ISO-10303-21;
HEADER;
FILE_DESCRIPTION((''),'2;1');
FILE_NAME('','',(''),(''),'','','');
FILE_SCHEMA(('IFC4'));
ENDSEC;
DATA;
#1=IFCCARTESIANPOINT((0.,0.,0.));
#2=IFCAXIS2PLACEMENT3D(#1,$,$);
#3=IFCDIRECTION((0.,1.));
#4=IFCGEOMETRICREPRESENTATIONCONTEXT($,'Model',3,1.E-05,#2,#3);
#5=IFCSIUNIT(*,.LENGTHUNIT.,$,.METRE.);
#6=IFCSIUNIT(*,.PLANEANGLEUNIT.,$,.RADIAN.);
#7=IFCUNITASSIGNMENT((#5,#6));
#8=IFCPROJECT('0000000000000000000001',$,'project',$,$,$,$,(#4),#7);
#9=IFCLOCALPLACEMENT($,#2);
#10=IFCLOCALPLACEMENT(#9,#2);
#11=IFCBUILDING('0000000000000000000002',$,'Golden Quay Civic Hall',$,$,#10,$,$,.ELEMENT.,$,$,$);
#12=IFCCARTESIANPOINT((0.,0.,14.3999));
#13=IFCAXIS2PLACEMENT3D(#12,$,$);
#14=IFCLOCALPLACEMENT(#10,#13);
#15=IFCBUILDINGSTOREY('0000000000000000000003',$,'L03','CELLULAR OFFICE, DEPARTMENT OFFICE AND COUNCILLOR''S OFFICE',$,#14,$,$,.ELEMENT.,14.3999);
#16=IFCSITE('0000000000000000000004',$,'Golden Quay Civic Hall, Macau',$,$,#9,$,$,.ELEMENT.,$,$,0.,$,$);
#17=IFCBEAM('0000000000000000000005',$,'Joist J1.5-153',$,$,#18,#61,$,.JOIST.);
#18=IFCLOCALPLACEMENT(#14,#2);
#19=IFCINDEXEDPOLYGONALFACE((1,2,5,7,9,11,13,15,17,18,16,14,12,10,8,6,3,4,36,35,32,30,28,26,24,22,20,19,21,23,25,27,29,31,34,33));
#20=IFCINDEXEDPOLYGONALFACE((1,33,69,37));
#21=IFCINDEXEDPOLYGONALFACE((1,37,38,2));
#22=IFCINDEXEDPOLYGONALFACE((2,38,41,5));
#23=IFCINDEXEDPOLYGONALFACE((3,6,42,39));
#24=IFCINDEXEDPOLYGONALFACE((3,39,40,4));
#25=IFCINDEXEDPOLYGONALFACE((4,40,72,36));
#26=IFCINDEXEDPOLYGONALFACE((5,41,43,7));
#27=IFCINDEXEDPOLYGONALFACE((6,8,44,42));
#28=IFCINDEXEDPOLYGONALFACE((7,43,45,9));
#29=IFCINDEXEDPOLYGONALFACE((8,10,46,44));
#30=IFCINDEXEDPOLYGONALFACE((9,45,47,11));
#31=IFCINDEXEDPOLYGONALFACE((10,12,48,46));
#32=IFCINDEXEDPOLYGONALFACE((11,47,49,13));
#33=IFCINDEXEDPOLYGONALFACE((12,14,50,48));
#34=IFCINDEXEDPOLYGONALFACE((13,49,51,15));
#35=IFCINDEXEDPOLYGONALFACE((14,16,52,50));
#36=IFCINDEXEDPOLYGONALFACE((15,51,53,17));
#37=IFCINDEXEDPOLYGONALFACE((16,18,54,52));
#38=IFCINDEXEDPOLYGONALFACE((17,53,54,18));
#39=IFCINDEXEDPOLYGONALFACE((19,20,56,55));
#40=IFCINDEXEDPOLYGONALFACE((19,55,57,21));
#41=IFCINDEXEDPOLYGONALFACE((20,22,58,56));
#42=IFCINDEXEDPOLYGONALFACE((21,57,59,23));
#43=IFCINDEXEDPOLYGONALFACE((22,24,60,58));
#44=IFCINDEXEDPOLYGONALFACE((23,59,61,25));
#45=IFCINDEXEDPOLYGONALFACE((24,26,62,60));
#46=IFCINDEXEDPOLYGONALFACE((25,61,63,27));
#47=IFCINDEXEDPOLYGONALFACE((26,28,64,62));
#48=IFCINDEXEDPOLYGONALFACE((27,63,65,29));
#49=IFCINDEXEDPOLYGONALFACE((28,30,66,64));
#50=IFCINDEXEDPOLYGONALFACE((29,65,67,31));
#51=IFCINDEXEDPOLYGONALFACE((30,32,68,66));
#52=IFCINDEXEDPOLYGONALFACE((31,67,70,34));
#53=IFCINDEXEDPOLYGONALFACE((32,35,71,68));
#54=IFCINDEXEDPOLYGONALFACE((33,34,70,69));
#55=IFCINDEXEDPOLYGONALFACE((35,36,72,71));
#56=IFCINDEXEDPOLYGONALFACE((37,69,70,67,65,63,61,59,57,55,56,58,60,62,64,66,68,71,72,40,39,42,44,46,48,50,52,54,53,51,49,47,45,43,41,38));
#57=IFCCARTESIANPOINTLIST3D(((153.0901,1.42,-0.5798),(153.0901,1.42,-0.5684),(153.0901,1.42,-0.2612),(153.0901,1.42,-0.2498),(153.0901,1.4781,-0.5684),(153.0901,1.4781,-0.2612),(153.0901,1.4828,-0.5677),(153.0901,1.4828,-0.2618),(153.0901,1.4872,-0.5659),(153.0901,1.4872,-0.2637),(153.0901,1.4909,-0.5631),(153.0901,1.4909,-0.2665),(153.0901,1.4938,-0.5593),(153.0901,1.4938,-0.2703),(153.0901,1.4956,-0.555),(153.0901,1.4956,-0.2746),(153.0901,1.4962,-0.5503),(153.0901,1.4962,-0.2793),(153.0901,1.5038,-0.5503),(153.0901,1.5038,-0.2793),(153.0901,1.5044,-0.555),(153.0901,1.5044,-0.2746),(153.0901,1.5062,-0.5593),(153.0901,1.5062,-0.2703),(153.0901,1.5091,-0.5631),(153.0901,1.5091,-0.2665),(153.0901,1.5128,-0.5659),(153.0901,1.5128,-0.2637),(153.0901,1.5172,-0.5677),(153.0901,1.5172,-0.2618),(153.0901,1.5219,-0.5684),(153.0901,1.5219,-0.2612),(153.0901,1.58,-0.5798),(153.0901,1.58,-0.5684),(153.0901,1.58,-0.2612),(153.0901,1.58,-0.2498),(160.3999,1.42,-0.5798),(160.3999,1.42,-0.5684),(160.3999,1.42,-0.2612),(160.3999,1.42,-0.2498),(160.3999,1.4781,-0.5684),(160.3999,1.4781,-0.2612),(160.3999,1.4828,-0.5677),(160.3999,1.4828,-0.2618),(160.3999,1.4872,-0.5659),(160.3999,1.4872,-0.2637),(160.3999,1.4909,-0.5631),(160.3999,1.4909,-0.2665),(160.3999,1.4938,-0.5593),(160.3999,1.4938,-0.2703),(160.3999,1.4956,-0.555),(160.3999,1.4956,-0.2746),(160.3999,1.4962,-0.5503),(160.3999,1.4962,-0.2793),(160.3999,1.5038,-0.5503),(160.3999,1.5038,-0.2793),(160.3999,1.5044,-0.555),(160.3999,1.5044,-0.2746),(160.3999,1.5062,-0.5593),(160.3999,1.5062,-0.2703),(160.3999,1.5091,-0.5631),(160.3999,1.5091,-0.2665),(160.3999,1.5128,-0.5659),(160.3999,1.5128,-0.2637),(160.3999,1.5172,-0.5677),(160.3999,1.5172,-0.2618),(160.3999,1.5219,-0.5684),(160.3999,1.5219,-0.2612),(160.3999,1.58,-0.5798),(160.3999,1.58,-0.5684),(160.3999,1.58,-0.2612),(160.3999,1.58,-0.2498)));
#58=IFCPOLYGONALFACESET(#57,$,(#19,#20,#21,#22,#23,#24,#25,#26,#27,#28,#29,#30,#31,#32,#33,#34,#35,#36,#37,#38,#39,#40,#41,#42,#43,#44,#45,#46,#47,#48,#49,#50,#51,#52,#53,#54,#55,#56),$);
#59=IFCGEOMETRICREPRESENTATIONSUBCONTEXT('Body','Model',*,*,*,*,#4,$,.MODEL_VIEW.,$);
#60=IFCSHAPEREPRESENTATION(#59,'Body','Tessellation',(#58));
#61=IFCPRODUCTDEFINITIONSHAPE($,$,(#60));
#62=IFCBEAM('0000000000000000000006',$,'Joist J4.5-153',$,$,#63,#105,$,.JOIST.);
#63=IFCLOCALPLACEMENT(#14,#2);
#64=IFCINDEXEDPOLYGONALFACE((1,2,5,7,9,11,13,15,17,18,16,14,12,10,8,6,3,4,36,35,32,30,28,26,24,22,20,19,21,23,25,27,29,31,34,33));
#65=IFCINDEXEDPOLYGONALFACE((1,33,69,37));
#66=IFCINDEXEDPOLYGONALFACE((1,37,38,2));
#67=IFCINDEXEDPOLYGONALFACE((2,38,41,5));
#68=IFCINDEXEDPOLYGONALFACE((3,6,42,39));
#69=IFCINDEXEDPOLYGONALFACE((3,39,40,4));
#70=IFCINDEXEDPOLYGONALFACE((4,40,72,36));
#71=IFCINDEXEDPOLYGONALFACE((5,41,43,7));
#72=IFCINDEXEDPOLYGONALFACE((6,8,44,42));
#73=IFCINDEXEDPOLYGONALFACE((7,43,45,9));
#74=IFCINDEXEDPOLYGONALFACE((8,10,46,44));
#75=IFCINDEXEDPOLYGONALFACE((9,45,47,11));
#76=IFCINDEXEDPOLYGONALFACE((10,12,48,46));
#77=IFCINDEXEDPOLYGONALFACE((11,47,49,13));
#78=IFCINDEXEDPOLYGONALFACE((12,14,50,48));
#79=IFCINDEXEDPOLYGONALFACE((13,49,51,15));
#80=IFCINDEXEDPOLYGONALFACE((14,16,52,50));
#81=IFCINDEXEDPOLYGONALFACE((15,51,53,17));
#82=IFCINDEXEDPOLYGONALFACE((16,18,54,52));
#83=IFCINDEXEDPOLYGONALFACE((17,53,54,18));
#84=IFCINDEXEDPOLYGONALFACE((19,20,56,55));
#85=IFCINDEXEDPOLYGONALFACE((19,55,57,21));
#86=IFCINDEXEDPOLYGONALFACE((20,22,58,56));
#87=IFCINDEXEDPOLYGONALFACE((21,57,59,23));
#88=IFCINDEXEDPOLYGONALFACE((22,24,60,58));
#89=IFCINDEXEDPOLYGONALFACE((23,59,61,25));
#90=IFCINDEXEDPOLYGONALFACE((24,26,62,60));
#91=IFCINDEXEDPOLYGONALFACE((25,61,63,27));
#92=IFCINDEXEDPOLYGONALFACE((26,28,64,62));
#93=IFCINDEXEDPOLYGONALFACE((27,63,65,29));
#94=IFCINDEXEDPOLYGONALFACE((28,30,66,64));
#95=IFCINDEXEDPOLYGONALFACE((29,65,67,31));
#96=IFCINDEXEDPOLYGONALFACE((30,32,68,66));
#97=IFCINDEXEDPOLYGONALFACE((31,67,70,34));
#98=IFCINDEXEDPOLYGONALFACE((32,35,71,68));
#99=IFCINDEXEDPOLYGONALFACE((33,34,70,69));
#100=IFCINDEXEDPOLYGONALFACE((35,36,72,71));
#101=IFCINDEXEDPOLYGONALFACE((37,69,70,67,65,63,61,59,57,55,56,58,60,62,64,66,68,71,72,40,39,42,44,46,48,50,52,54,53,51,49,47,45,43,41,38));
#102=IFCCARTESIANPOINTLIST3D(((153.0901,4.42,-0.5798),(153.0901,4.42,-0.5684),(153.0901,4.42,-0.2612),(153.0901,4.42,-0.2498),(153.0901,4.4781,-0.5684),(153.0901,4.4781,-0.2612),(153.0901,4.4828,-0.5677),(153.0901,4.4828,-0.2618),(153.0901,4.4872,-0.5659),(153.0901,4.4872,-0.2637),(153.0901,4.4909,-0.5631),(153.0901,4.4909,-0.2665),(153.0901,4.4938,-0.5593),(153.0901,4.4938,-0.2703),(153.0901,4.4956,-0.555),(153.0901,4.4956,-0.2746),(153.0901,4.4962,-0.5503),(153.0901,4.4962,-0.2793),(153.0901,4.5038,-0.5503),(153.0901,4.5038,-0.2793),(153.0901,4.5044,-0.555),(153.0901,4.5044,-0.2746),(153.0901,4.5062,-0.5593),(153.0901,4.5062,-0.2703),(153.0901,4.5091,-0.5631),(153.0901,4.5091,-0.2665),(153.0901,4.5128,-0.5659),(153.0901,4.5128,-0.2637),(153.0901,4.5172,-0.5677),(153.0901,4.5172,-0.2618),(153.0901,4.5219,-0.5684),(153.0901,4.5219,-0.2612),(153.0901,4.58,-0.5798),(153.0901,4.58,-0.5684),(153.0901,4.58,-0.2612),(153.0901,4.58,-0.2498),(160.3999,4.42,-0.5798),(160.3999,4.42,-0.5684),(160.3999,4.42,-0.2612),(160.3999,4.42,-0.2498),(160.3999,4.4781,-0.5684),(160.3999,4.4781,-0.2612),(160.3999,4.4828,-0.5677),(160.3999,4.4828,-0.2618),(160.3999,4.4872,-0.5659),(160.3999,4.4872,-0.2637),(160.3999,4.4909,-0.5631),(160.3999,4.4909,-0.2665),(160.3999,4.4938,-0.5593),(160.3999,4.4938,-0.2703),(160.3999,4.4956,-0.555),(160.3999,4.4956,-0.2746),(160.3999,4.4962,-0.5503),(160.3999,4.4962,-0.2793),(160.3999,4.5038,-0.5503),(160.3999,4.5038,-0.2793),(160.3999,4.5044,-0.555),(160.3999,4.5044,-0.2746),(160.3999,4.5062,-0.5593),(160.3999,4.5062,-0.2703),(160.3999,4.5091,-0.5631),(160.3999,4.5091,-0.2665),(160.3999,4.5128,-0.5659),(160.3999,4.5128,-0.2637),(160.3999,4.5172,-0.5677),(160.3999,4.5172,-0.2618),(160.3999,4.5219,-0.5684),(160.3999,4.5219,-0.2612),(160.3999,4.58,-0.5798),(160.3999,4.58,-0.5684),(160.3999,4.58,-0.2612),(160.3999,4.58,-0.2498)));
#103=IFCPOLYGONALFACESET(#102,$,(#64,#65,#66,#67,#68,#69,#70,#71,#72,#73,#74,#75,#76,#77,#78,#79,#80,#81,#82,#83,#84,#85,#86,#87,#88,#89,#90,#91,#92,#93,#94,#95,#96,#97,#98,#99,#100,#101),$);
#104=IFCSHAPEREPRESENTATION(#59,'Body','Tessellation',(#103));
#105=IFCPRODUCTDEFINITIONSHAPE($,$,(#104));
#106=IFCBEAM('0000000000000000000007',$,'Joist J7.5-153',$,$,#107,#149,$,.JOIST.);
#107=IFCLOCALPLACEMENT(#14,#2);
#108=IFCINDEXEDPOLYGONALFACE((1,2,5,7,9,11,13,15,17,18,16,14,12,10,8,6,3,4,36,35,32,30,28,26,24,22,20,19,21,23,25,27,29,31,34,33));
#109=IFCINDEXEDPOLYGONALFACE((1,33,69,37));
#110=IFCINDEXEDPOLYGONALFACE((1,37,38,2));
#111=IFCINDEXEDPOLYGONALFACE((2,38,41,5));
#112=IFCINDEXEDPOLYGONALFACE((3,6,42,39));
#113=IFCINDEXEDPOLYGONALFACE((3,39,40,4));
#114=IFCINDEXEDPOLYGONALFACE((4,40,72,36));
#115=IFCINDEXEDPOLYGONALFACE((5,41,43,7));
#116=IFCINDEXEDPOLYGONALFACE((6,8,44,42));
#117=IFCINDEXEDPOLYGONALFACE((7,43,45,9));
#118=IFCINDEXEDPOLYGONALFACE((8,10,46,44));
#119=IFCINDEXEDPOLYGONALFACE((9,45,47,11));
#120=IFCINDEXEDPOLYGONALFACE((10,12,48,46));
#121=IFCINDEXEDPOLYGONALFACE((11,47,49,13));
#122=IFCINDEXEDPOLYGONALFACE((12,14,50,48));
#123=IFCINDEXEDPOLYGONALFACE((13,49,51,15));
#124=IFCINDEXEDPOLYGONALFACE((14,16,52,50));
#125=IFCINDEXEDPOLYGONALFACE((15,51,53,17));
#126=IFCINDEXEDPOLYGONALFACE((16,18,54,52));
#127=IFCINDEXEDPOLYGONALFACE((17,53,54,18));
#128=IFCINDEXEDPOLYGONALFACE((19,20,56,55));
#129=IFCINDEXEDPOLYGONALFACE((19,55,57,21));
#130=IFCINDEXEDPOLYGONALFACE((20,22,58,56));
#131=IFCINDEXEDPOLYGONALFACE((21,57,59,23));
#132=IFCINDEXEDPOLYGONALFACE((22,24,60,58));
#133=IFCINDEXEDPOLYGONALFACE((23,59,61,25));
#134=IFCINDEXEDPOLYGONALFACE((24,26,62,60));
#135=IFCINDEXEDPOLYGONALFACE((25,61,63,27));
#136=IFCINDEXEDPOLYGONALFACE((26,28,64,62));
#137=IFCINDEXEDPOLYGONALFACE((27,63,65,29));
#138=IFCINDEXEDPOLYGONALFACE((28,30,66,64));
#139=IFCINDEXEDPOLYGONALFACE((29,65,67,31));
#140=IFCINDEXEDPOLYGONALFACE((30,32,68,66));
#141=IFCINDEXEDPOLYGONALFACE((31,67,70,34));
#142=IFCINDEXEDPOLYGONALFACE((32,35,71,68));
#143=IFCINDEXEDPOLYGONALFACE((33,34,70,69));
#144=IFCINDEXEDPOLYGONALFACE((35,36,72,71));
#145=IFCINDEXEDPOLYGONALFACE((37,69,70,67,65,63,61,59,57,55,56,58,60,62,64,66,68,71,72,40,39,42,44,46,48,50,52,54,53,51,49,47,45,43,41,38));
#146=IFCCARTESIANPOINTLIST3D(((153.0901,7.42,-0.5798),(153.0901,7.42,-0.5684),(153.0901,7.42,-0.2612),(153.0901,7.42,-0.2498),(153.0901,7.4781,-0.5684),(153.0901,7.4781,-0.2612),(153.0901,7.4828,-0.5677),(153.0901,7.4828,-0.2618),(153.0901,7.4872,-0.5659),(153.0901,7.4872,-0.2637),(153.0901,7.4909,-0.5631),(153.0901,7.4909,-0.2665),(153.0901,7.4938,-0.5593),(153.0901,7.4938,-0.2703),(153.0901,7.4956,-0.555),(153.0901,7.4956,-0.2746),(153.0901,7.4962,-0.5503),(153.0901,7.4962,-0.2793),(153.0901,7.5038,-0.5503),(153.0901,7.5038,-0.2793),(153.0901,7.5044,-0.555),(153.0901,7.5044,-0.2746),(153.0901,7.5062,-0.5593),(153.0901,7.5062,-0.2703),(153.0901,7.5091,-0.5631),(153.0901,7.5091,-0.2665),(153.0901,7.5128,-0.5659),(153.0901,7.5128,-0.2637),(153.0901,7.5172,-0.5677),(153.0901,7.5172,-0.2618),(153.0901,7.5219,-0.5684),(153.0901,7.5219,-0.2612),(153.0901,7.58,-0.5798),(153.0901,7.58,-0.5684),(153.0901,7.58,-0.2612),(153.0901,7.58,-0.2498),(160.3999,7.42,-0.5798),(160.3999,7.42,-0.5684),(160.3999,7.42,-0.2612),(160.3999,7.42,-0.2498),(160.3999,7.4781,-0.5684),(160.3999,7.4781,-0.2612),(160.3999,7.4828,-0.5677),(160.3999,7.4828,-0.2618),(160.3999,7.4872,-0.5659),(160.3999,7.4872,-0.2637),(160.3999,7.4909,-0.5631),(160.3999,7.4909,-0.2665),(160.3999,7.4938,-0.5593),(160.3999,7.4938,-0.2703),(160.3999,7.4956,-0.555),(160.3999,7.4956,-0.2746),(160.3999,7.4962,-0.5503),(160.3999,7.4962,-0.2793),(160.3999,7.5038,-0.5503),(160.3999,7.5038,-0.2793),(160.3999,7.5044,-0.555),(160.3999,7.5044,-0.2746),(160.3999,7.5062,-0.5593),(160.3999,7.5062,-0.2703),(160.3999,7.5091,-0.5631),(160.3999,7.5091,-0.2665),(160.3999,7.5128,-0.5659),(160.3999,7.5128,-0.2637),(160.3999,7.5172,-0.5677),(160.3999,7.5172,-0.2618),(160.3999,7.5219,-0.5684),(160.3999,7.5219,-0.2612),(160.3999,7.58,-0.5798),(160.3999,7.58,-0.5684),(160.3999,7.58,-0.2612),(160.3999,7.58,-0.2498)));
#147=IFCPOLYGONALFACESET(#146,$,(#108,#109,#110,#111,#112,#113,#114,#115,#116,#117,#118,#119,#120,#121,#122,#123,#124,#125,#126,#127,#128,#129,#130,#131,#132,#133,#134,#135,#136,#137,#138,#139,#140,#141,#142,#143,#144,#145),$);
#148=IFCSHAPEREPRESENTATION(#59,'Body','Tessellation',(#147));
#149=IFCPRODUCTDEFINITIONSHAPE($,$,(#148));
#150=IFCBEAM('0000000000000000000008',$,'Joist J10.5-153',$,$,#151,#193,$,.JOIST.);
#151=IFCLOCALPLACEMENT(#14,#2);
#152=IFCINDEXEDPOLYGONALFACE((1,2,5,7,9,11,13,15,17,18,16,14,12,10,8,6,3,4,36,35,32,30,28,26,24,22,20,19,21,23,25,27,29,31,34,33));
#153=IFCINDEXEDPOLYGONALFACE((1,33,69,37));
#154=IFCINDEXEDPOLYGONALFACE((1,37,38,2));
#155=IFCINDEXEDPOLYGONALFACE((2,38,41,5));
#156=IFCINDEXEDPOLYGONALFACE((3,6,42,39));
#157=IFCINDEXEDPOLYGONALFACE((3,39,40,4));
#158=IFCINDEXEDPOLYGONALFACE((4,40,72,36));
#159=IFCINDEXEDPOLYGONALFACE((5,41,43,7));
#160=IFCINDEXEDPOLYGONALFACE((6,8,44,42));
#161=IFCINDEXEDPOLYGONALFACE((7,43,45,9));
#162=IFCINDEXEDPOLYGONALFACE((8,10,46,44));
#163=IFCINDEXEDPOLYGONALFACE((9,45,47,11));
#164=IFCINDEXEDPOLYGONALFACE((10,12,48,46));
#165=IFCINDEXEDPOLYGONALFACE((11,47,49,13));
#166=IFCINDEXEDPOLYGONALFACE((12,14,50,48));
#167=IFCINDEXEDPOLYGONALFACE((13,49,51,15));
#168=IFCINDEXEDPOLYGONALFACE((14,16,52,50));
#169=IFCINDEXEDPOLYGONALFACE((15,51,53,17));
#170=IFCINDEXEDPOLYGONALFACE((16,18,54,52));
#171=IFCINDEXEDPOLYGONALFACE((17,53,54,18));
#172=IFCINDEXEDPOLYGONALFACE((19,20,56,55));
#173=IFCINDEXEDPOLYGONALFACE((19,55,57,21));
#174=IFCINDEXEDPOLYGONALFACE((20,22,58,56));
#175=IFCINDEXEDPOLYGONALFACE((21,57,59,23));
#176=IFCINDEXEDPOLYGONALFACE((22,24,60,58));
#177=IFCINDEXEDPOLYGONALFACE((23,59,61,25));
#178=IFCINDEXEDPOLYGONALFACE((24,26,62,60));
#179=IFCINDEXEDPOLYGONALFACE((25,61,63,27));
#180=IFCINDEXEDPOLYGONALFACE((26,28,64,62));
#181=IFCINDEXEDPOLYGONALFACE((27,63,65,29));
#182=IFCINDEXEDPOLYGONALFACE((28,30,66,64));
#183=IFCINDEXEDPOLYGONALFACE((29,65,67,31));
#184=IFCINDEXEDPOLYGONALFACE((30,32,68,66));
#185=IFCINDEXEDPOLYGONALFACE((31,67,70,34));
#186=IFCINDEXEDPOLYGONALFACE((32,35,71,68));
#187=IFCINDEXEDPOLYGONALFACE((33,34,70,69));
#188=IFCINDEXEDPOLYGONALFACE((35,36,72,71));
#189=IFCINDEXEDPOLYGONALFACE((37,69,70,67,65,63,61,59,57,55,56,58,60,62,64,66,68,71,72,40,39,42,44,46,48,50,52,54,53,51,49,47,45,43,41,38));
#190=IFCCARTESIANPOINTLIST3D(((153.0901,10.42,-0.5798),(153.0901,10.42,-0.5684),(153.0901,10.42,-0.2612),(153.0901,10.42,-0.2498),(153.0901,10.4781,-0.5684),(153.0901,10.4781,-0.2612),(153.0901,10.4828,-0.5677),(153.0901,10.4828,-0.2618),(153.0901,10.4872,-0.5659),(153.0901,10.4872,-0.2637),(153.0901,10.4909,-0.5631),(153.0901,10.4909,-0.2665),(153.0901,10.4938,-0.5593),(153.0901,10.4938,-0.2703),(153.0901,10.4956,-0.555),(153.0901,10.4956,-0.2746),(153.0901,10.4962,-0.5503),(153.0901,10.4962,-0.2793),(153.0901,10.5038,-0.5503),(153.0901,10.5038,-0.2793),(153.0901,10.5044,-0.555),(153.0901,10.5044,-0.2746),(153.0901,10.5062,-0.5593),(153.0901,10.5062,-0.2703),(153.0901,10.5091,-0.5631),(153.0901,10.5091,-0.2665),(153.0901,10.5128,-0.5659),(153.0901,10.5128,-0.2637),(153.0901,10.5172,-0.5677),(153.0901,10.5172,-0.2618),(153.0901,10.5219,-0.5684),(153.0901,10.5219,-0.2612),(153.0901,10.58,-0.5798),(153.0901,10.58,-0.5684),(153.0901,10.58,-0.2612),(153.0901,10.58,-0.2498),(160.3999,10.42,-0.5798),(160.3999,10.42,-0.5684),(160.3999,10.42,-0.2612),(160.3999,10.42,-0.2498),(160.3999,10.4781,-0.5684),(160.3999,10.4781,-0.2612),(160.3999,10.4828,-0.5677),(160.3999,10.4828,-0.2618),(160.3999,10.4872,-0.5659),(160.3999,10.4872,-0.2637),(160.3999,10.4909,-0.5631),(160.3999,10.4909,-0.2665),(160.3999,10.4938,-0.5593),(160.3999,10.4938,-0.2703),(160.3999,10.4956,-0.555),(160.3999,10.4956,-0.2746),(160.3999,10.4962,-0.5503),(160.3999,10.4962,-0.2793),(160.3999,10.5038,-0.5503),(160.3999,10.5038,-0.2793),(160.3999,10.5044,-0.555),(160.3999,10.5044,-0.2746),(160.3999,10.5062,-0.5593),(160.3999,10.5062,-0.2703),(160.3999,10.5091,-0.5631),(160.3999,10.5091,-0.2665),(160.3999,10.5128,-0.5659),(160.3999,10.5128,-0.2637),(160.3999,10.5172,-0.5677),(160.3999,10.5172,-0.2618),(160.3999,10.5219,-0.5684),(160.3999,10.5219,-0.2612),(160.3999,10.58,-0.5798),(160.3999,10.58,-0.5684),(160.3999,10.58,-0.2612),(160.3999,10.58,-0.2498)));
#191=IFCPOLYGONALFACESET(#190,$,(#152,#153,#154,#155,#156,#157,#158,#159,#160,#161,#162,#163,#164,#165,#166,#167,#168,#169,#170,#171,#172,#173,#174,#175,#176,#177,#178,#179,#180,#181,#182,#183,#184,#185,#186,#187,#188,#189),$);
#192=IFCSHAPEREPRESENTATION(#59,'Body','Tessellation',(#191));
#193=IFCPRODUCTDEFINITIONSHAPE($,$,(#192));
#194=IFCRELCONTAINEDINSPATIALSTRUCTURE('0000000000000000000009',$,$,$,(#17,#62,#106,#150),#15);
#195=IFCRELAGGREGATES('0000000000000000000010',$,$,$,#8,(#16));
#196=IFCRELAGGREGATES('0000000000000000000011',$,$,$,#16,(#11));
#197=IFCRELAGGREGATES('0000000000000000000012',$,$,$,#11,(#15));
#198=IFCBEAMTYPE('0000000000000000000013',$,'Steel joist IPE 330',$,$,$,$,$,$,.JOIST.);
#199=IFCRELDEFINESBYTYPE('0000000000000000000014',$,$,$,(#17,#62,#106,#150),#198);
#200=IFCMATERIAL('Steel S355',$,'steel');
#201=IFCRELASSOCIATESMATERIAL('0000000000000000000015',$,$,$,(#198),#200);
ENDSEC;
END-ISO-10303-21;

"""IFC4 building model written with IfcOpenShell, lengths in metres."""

from ifc_helpers import new_model, si_unit, direction, frame, origin, origin_2d, place, context, subcontext, project, spatial, i_section, extrude, material, material_profile, profile_set, type_object, element, save


model = new_model("IFC4")

# Units and contexts
model_context = context("Model", 3, precision=1e-05, world=origin(), true_north=direction((0.0, 1.0)))
body_context = subcontext(model_context, "Body", "Model", "MODEL_VIEW")
ifc_project = project(units=[si_unit("LENGTHUNIT", "METRE"), si_unit("PLANEANGLEUNIT", "RADIAN")], contexts=[model_context])

# Site, building, storey
site_placement = place(None, origin())
site = spatial("IfcSite", under=ifc_project, at=site_placement, Name="Golden Quay Civic Hall, Macau", CompositionType="ELEMENT", RefElevation=0.0)
building_placement = place(site_placement, origin())
building = spatial("IfcBuilding", under=site, at=building_placement, Name="Golden Quay Civic Hall", CompositionType="ELEMENT")
storey_placement = place(building_placement, frame((0.0, 0.0, 14.3999)))
storey = spatial("IfcBuildingStorey", under=building, at=storey_placement, Name="L03", Description="CELLULAR OFFICE, DEPARTMENT OFFICE AND COUNCILLOR'S OFFICE", CompositionType="ELEMENT", Elevation=14.3999)

# Beams
ifc_material_1 = material(Name="Steel S355", Category="steel")
ifc_material_profile_1 = material_profile(ifc_material_1, i_section(OverallWidth=0.1599, OverallDepth=0.3301, WebThickness=0.0076, FlangeThickness=0.0115, FilletRadius=0.0181, at=origin_2d()), Name="IPE 330")
ifc_profile_set_1 = profile_set([ifc_material_profile_1], Name="Steel S355")
beam_type_1 = type_object("IfcBeamType", Name="Steel joist IPE 330", PredefinedType="JOIST", material=ifc_profile_set_1)
for number, where, z_axis, x_axis, name in (
    (1, (153.0901, 1.5, -0.4148), (1.0, 0.0, 0.0), (0.0, 1.0, 0.0), "Joist J1.5-153"),
    (2, (153.0901, 4.5, -0.4148), (1.0, 0.0, 0.0), (0.0, 1.0, 0.0), "Joist J4.5-153"),
    (3, (153.0901, 7.5, -0.4148), (1.0, 0.0, 0.0), (0.0, 1.0, 0.0), "Joist J7.5-153"),
    (4, (153.0901, 10.5, -0.4148), (1.0, 0.0, 0.0), (0.0, 1.0, 0.0), "Joist J10.5-153"),
):
    element("IfcBeam", number, at=place(storey_placement, frame(where, z_axis=z_axis, x_axis=x_axis)), inside=storey, type_object=beam_type_1, Name=name, PredefinedType="JOIST", context=body_context, shape_type="SweptSolid", body=[
        extrude(i_section(OverallWidth=0.1599, OverallDepth=0.3301, WebThickness=0.0076, FlangeThickness=0.0115, FilletRadius=0.0181, at=origin_2d()), origin(), (0.0, 0.0, 1.0), 7.3098),
    ])

save(model, "model.ifc")
